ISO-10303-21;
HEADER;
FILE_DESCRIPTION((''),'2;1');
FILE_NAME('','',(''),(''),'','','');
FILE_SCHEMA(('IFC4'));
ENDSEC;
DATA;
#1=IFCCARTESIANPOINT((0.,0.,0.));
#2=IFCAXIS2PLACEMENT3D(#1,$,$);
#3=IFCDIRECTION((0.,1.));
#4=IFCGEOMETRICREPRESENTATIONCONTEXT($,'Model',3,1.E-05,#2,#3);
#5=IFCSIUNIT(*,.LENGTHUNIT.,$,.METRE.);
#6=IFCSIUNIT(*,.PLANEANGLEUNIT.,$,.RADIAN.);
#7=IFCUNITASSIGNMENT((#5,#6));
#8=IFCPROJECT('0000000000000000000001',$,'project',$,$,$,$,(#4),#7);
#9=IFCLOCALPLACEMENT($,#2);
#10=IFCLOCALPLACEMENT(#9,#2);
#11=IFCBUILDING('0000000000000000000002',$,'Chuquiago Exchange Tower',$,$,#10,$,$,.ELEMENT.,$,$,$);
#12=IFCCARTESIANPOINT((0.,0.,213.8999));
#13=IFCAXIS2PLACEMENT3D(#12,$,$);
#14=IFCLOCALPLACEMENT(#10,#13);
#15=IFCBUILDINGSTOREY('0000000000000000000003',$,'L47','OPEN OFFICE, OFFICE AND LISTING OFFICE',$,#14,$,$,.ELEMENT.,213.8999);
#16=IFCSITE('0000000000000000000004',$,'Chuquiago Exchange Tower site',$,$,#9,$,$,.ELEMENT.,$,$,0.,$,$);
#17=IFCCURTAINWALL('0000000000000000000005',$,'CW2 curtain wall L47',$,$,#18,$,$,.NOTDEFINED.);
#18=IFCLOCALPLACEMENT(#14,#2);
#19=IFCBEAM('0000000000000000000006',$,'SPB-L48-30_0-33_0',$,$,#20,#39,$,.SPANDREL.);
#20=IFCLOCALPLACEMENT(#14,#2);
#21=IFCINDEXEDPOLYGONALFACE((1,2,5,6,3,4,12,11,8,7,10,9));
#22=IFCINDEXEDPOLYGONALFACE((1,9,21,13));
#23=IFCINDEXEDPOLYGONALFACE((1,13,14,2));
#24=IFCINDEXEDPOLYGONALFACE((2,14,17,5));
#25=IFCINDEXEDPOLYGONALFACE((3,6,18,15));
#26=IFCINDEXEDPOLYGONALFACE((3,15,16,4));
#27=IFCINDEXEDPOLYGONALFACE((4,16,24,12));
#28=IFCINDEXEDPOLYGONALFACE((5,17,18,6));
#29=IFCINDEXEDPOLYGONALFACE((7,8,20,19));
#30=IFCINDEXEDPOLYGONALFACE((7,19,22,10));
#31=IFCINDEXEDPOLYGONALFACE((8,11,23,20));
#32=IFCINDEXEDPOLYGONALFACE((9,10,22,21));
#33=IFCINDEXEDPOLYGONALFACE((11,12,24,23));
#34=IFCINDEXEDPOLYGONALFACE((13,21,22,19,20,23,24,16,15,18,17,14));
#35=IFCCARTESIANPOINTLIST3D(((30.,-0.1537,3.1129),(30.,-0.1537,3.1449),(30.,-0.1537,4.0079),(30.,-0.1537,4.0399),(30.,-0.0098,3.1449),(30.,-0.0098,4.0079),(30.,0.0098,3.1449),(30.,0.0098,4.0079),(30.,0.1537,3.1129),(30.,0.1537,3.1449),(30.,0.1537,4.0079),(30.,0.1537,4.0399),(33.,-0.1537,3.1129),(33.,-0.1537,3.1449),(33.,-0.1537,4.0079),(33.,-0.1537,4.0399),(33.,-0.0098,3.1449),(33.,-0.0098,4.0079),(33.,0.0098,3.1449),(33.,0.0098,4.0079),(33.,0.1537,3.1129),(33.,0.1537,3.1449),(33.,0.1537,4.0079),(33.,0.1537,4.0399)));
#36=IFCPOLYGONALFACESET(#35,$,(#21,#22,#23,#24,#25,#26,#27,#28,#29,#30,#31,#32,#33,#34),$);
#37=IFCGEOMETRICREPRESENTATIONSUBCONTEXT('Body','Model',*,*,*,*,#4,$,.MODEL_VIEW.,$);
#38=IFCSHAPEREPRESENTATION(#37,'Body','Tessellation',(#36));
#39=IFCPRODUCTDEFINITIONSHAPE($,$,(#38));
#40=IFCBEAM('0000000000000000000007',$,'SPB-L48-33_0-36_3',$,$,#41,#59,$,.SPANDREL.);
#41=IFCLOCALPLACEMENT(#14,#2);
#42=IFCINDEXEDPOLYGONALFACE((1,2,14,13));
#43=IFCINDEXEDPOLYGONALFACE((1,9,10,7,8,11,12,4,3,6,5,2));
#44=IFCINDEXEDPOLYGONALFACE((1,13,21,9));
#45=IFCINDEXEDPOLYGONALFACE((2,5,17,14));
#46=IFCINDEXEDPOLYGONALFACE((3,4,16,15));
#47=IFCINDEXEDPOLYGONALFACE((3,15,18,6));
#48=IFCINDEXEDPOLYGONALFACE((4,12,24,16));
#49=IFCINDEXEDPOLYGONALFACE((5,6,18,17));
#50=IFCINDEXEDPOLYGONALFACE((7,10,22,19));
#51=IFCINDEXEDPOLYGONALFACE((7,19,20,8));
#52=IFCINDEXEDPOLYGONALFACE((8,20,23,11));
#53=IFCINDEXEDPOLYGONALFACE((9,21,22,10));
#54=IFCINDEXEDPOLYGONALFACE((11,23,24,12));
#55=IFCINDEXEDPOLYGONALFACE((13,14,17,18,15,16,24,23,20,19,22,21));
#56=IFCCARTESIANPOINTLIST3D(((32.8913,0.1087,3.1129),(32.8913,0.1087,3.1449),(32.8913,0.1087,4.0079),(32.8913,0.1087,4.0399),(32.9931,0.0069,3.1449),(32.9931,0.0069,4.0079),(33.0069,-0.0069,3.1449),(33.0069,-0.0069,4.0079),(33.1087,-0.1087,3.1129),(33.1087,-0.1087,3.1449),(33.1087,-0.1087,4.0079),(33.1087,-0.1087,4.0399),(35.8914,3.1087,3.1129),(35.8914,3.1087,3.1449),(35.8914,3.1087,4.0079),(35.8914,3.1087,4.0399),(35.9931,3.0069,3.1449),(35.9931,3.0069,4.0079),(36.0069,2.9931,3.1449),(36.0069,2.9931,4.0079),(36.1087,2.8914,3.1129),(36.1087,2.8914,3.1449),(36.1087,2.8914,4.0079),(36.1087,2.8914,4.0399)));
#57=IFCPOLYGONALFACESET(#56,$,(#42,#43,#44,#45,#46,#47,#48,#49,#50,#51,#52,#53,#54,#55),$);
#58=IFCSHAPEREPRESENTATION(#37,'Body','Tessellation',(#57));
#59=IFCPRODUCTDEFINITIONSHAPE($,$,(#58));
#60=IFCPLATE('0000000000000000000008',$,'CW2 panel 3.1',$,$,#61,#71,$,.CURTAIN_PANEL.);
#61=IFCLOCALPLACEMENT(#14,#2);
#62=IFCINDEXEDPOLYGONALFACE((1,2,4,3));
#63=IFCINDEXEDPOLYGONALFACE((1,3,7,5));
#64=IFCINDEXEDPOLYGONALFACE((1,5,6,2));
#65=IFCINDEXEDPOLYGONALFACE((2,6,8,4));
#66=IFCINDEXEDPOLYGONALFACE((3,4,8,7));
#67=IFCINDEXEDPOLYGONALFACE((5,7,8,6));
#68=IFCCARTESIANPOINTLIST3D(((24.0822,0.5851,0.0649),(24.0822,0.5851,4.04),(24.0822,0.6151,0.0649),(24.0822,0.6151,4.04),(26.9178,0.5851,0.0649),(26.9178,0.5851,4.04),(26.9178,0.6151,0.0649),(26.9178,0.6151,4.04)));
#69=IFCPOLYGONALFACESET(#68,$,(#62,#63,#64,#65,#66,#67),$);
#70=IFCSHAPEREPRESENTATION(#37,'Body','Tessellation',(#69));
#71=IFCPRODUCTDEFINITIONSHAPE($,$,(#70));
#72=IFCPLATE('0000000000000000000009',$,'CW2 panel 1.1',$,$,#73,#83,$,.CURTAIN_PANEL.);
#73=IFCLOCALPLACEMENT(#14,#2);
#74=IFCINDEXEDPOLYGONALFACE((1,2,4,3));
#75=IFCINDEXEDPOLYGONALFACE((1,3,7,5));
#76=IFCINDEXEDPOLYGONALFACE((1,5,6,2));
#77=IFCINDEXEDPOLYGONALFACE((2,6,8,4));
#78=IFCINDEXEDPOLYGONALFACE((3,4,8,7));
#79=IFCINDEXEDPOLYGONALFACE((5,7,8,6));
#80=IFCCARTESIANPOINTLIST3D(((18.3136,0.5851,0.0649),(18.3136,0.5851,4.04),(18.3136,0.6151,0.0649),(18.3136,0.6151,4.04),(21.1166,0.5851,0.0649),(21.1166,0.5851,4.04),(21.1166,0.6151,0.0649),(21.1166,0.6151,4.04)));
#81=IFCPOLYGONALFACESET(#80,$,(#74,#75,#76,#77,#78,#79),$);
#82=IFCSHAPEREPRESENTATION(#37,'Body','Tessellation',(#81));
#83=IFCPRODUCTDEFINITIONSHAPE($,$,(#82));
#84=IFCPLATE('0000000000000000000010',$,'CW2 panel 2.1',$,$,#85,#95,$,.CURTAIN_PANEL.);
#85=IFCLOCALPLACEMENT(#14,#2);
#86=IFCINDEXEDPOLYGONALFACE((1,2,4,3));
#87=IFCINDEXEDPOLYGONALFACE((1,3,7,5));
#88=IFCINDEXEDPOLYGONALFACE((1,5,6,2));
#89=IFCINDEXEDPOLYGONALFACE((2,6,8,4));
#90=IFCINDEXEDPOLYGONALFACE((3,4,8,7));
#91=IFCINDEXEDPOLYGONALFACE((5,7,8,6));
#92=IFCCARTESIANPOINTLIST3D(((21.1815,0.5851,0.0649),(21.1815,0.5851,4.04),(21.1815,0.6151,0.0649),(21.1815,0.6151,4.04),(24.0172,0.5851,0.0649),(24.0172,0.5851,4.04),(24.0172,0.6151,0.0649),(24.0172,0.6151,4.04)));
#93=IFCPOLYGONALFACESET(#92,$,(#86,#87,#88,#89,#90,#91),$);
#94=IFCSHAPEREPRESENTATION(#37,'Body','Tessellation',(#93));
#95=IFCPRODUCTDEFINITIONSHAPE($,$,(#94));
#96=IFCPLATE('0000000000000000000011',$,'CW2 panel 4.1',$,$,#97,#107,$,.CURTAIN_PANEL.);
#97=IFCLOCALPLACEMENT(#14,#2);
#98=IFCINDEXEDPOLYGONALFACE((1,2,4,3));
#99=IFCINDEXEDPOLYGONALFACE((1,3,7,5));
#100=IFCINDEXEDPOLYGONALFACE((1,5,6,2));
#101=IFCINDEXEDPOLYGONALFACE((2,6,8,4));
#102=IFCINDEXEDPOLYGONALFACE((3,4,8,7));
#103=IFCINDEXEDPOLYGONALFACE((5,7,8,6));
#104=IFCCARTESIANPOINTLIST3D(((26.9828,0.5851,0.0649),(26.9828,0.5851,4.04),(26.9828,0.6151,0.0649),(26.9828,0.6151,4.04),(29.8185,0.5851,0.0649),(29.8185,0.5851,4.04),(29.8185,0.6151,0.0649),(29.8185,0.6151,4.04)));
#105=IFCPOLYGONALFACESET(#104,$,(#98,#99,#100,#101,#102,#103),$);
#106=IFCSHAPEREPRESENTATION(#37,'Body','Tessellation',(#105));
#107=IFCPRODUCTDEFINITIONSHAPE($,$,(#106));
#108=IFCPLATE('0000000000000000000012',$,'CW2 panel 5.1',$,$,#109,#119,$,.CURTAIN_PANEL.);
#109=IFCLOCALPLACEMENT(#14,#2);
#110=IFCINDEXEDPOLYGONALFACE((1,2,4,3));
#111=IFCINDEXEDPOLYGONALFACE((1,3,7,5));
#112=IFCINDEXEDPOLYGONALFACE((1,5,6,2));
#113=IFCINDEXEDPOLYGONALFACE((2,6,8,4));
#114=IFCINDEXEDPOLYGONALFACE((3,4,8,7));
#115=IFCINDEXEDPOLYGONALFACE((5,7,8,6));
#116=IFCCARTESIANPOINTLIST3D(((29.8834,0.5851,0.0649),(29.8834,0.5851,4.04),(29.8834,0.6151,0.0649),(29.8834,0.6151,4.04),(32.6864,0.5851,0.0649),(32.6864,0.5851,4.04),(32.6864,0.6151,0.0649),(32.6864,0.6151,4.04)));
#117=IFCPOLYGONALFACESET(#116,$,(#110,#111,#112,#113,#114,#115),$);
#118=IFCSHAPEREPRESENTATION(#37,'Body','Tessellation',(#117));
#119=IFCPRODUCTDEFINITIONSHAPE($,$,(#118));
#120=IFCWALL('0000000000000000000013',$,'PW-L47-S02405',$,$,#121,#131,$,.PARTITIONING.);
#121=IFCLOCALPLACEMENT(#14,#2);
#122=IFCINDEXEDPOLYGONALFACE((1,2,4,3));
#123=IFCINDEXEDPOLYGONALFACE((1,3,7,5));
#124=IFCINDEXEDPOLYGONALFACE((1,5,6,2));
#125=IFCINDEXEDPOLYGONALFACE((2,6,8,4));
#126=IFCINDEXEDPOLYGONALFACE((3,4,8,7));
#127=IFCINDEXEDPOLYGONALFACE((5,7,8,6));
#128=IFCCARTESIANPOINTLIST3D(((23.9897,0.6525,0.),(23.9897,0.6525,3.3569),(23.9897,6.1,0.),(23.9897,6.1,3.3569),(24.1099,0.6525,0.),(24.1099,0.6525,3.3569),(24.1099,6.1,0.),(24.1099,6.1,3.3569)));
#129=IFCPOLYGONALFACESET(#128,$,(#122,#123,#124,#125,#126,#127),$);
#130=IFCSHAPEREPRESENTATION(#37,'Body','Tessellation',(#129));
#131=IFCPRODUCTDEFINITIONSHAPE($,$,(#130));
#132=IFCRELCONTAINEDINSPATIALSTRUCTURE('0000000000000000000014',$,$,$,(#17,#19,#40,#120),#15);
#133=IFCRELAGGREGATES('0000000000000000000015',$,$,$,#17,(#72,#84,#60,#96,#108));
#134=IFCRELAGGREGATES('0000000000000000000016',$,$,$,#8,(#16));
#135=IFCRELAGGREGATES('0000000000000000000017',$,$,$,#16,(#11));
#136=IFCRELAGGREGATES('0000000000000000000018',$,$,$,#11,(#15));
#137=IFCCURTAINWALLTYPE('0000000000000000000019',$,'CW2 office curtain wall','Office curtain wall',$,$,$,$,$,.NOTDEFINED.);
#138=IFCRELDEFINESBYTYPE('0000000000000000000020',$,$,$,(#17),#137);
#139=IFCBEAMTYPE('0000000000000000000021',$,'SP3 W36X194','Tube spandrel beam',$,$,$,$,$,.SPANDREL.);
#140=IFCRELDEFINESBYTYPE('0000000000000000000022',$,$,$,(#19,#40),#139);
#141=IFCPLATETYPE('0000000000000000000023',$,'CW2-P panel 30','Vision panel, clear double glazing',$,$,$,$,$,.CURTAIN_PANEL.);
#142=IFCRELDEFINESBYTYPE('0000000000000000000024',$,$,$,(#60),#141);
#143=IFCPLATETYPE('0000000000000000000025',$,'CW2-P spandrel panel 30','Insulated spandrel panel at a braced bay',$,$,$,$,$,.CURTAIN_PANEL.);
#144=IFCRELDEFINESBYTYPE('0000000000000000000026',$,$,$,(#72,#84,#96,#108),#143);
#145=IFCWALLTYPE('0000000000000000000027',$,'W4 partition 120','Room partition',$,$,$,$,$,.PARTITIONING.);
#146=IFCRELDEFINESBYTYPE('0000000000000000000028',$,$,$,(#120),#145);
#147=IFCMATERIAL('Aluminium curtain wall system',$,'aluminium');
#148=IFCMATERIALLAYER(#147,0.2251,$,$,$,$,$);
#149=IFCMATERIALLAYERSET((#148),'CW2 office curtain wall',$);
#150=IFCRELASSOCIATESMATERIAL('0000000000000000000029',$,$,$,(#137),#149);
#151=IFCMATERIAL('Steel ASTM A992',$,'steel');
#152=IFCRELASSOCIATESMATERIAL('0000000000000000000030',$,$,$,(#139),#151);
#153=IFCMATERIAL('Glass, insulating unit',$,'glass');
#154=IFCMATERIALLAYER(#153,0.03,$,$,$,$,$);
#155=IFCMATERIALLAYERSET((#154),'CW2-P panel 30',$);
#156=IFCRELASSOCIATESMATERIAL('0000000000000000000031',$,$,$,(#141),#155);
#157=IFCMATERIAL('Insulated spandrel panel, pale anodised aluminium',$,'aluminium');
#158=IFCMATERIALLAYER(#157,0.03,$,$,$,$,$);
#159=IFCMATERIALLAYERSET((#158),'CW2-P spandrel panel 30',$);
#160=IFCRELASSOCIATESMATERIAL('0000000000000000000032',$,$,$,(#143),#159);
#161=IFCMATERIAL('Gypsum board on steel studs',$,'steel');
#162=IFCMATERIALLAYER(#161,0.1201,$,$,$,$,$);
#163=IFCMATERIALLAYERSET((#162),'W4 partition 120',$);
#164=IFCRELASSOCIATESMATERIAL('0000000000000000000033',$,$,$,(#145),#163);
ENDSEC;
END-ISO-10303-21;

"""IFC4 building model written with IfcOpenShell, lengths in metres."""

from ifc_helpers import new_model, si_unit, direction, frame, frame_2d, origin, origin_2d, place, context, subcontext, project, spatial, rectangle, i_section, extrude, material, layer, layer_set, material_profile, profile_set, type_object, element, aggregate, save


model = new_model("IFC4")

# Units and contexts
model_context = context("Model", 3, precision=1e-05, world=origin(), true_north=direction((0.0, 1.0)))
body_context = subcontext(model_context, "Body", "Model", "MODEL_VIEW")
ifc_project = project(units=[si_unit("LENGTHUNIT", "METRE"), si_unit("PLANEANGLEUNIT", "RADIAN")], contexts=[model_context])

# Site, building, storey
site_placement = place(None, origin())
site = spatial("IfcSite", under=ifc_project, at=site_placement, Name="Chuquiago Exchange Tower site", CompositionType="ELEMENT", RefElevation=0.0)
building_placement = place(site_placement, origin())
building = spatial("IfcBuilding", under=site, at=building_placement, Name="Chuquiago Exchange Tower", CompositionType="ELEMENT")
storey_placement = place(building_placement, frame((0.0, 0.0, 213.8999)))
storey = spatial("IfcBuildingStorey", under=building, at=storey_placement, Name="L47", Description="OPEN OFFICE, OFFICE AND LISTING OFFICE", CompositionType="ELEMENT", Elevation=213.8999)

# Curtain wall
ifc_material_1 = material(Name="Aluminium curtain wall system", Category="aluminium")
ifc_layer_1 = layer(ifc_material_1, 0.2251)
ifc_layer_set_1 = layer_set([ifc_layer_1], Name="CW2 office curtain wall")
curtain_wall_type_1 = type_object("IfcCurtainWallType", Name="CW2 office curtain wall", Description="Office curtain wall", PredefinedType="NOTDEFINED", material=ifc_layer_set_1)
curtain_wall_1_placement = place(storey_placement, origin())
curtain_wall_1 = element("IfcCurtainWall", 1, at=curtain_wall_1_placement, inside=storey, type_object=curtain_wall_type_1, Name="CW2 curtain wall L47", PredefinedType="NOTDEFINED")

# Beams
ifc_material_2 = material(Name="Steel ASTM A992", Category="steel")
ifc_material_profile_1 = material_profile(ifc_material_2, i_section(OverallWidth=0.3074, OverallDepth=0.927, WebThickness=0.0195, FlangeThickness=0.032, at=origin_2d()), Name="W36X194")
ifc_profile_set_1 = profile_set([ifc_material_profile_1], Name="Steel ASTM A992")
beam_type = type_object("IfcBeamType", Name="SP3 W36X194", Description="Tube spandrel beam", PredefinedType="SPANDREL", material=ifc_profile_set_1)
for number, where, z_axis, x_axis, name in (
    (2, (30.0, 0.0, 3.5764), (1.0, 0.0, 0.0), (0.0, 1.0, 0.0), "SPB-L48-30_0-33_0"),
):
    element("IfcBeam", number, at=place(storey_placement, frame(where, z_axis=z_axis, x_axis=x_axis)), inside=storey, type_object=beam_type, Name=name, PredefinedType="SPANDREL", context=body_context, shape_type="SweptSolid", body=[
        extrude(i_section(OverallWidth=0.3074, OverallDepth=0.927, WebThickness=0.0195, FlangeThickness=0.032, at=origin_2d()), origin(), (0.0, 0.0, 1.0), 3.0),
    ])
beam_placement = place(storey_placement, frame((33.0, 0.0, 3.5764), z_axis=(0.707107, 0.707107, 0.0), x_axis=(-0.707107, 0.707107, 0.0)))
element("IfcBeam", 3, at=beam_placement, inside=storey, type_object=beam_type, Name="SPB-L48-33_0-36_3", PredefinedType="SPANDREL", context=body_context, shape_type="SweptSolid", body=[
    extrude(i_section(OverallWidth=0.3074, OverallDepth=0.927, WebThickness=0.0195, FlangeThickness=0.032, at=origin_2d()), origin(), (0.0, 0.0, 1.0), 4.2427),
])

# Plates
ifc_material_3 = material(Name="Glass, insulating unit", Category="glass")
ifc_layer_2 = layer(ifc_material_3, 0.03)
ifc_layer_set_2 = layer_set([ifc_layer_2], Name="CW2-P panel 30")
plate_type_1 = type_object("IfcPlateType", Name="CW2-P panel 30", Description="Vision panel, clear double glazing", PredefinedType="CURTAIN_PANEL", material=ifc_layer_set_2)
plate_1_placement = place(storey_placement, frame((25.5, 0.6001, 0.0649), z_axis=(0.0, 0.0, 1.0), x_axis=(1.0, 0.0, 0.0)))
plate_1 = element("IfcPlate", 4, at=plate_1_placement, type_object=plate_type_1, Name="CW2 panel 3.1", PredefinedType="CURTAIN_PANEL", context=body_context, shape_type="SweptSolid", body=[
    extrude(rectangle(XDim=2.8357, YDim=0.03, at=origin_2d()), origin(), (0.0, 0.0, 1.0), 3.9751),
])
ifc_material_4 = material(Name="Insulated spandrel panel, pale anodised aluminium", Category="aluminium")
ifc_layer_3 = layer(ifc_material_4, 0.03)
ifc_layer_set_3 = layer_set([ifc_layer_3], Name="CW2-P spandrel panel 30")
plate_type_2 = type_object("IfcPlateType", Name="CW2-P spandrel panel 30", Description="Insulated spandrel panel at a braced bay", PredefinedType="CURTAIN_PANEL", material=ifc_layer_set_3)
plate_2_placement = place(storey_placement, frame((19.7151, 0.6001, 0.0649), z_axis=(0.0, 0.0, 1.0), x_axis=(1.0, 0.0, 0.0)))
plate_2 = element("IfcPlate", 5, at=plate_2_placement, type_object=plate_type_2, Name="CW2 panel 1.1", PredefinedType="CURTAIN_PANEL", context=body_context, shape_type="SweptSolid", body=[
    extrude(rectangle(XDim=2.803, YDim=0.03, at=origin_2d()), origin(), (0.0, 0.0, 1.0), 3.9751),
])
plate_3_placement = place(storey_placement, frame((22.5994, 0.6001, 0.0649), z_axis=(0.0, 0.0, 1.0), x_axis=(1.0, 0.0, 0.0)))
plate_3 = element("IfcPlate", 6, at=plate_3_placement, type_object=plate_type_2, Name="CW2 panel 2.1", PredefinedType="CURTAIN_PANEL", context=body_context, shape_type="SweptSolid", body=[
    extrude(rectangle(XDim=2.8357, YDim=0.03, at=origin_2d()), origin(), (0.0, 0.0, 1.0), 3.9751),
])
plate_4_placement = place(storey_placement, frame((28.4006, 0.6001, 0.0649), z_axis=(0.0, 0.0, 1.0), x_axis=(1.0, 0.0, 0.0)))
plate_4 = element("IfcPlate", 7, at=plate_4_placement, type_object=plate_type_2, Name="CW2 panel 4.1", PredefinedType="CURTAIN_PANEL", context=body_context, shape_type="SweptSolid", body=[
    extrude(rectangle(XDim=2.8357, YDim=0.03, at=origin_2d()), origin(), (0.0, 0.0, 1.0), 3.9751),
])
plate_5_placement = place(storey_placement, frame((31.2849, 0.6001, 0.0649), z_axis=(0.0, 0.0, 1.0), x_axis=(1.0, 0.0, 0.0)))
plate_5 = element("IfcPlate", 8, at=plate_5_placement, type_object=plate_type_2, Name="CW2 panel 5.1", PredefinedType="CURTAIN_PANEL", context=body_context, shape_type="SweptSolid", body=[
    extrude(rectangle(XDim=2.803, YDim=0.03, at=origin_2d()), origin(), (0.0, 0.0, 1.0), 3.9751),
])
aggregate(curtain_wall_1, [plate_2, plate_3, plate_1, plate_4, plate_5])

# Wall
ifc_material_5 = material(Name="Gypsum board on steel studs", Category="steel")
ifc_layer_4 = layer(ifc_material_5, 0.1201)
ifc_layer_set_4 = layer_set([ifc_layer_4], Name="W4 partition 120")
wall_type = type_object("IfcWallType", Name="W4 partition 120", Description="Room partition", PredefinedType="PARTITIONING", material=ifc_layer_set_4)
wall_placement = place(storey_placement, frame((24.0498, 0.6526, 0.0), z_axis=(0.0, 0.0, 1.0), x_axis=(0.0, 1.0, 0.0)))
element("IfcWall", 9, at=wall_placement, inside=storey, type_object=wall_type, Name="PW-L47-S02405", PredefinedType="PARTITIONING", context=body_context, shape_type="SweptSolid", body=[
    extrude(rectangle(XDim=5.4475, YDim=0.1201, at=frame_2d((2.7236, 0.0))), origin(), (0.0, 0.0, 1.0), 3.3569),
])

save(model, "model.ifc")
